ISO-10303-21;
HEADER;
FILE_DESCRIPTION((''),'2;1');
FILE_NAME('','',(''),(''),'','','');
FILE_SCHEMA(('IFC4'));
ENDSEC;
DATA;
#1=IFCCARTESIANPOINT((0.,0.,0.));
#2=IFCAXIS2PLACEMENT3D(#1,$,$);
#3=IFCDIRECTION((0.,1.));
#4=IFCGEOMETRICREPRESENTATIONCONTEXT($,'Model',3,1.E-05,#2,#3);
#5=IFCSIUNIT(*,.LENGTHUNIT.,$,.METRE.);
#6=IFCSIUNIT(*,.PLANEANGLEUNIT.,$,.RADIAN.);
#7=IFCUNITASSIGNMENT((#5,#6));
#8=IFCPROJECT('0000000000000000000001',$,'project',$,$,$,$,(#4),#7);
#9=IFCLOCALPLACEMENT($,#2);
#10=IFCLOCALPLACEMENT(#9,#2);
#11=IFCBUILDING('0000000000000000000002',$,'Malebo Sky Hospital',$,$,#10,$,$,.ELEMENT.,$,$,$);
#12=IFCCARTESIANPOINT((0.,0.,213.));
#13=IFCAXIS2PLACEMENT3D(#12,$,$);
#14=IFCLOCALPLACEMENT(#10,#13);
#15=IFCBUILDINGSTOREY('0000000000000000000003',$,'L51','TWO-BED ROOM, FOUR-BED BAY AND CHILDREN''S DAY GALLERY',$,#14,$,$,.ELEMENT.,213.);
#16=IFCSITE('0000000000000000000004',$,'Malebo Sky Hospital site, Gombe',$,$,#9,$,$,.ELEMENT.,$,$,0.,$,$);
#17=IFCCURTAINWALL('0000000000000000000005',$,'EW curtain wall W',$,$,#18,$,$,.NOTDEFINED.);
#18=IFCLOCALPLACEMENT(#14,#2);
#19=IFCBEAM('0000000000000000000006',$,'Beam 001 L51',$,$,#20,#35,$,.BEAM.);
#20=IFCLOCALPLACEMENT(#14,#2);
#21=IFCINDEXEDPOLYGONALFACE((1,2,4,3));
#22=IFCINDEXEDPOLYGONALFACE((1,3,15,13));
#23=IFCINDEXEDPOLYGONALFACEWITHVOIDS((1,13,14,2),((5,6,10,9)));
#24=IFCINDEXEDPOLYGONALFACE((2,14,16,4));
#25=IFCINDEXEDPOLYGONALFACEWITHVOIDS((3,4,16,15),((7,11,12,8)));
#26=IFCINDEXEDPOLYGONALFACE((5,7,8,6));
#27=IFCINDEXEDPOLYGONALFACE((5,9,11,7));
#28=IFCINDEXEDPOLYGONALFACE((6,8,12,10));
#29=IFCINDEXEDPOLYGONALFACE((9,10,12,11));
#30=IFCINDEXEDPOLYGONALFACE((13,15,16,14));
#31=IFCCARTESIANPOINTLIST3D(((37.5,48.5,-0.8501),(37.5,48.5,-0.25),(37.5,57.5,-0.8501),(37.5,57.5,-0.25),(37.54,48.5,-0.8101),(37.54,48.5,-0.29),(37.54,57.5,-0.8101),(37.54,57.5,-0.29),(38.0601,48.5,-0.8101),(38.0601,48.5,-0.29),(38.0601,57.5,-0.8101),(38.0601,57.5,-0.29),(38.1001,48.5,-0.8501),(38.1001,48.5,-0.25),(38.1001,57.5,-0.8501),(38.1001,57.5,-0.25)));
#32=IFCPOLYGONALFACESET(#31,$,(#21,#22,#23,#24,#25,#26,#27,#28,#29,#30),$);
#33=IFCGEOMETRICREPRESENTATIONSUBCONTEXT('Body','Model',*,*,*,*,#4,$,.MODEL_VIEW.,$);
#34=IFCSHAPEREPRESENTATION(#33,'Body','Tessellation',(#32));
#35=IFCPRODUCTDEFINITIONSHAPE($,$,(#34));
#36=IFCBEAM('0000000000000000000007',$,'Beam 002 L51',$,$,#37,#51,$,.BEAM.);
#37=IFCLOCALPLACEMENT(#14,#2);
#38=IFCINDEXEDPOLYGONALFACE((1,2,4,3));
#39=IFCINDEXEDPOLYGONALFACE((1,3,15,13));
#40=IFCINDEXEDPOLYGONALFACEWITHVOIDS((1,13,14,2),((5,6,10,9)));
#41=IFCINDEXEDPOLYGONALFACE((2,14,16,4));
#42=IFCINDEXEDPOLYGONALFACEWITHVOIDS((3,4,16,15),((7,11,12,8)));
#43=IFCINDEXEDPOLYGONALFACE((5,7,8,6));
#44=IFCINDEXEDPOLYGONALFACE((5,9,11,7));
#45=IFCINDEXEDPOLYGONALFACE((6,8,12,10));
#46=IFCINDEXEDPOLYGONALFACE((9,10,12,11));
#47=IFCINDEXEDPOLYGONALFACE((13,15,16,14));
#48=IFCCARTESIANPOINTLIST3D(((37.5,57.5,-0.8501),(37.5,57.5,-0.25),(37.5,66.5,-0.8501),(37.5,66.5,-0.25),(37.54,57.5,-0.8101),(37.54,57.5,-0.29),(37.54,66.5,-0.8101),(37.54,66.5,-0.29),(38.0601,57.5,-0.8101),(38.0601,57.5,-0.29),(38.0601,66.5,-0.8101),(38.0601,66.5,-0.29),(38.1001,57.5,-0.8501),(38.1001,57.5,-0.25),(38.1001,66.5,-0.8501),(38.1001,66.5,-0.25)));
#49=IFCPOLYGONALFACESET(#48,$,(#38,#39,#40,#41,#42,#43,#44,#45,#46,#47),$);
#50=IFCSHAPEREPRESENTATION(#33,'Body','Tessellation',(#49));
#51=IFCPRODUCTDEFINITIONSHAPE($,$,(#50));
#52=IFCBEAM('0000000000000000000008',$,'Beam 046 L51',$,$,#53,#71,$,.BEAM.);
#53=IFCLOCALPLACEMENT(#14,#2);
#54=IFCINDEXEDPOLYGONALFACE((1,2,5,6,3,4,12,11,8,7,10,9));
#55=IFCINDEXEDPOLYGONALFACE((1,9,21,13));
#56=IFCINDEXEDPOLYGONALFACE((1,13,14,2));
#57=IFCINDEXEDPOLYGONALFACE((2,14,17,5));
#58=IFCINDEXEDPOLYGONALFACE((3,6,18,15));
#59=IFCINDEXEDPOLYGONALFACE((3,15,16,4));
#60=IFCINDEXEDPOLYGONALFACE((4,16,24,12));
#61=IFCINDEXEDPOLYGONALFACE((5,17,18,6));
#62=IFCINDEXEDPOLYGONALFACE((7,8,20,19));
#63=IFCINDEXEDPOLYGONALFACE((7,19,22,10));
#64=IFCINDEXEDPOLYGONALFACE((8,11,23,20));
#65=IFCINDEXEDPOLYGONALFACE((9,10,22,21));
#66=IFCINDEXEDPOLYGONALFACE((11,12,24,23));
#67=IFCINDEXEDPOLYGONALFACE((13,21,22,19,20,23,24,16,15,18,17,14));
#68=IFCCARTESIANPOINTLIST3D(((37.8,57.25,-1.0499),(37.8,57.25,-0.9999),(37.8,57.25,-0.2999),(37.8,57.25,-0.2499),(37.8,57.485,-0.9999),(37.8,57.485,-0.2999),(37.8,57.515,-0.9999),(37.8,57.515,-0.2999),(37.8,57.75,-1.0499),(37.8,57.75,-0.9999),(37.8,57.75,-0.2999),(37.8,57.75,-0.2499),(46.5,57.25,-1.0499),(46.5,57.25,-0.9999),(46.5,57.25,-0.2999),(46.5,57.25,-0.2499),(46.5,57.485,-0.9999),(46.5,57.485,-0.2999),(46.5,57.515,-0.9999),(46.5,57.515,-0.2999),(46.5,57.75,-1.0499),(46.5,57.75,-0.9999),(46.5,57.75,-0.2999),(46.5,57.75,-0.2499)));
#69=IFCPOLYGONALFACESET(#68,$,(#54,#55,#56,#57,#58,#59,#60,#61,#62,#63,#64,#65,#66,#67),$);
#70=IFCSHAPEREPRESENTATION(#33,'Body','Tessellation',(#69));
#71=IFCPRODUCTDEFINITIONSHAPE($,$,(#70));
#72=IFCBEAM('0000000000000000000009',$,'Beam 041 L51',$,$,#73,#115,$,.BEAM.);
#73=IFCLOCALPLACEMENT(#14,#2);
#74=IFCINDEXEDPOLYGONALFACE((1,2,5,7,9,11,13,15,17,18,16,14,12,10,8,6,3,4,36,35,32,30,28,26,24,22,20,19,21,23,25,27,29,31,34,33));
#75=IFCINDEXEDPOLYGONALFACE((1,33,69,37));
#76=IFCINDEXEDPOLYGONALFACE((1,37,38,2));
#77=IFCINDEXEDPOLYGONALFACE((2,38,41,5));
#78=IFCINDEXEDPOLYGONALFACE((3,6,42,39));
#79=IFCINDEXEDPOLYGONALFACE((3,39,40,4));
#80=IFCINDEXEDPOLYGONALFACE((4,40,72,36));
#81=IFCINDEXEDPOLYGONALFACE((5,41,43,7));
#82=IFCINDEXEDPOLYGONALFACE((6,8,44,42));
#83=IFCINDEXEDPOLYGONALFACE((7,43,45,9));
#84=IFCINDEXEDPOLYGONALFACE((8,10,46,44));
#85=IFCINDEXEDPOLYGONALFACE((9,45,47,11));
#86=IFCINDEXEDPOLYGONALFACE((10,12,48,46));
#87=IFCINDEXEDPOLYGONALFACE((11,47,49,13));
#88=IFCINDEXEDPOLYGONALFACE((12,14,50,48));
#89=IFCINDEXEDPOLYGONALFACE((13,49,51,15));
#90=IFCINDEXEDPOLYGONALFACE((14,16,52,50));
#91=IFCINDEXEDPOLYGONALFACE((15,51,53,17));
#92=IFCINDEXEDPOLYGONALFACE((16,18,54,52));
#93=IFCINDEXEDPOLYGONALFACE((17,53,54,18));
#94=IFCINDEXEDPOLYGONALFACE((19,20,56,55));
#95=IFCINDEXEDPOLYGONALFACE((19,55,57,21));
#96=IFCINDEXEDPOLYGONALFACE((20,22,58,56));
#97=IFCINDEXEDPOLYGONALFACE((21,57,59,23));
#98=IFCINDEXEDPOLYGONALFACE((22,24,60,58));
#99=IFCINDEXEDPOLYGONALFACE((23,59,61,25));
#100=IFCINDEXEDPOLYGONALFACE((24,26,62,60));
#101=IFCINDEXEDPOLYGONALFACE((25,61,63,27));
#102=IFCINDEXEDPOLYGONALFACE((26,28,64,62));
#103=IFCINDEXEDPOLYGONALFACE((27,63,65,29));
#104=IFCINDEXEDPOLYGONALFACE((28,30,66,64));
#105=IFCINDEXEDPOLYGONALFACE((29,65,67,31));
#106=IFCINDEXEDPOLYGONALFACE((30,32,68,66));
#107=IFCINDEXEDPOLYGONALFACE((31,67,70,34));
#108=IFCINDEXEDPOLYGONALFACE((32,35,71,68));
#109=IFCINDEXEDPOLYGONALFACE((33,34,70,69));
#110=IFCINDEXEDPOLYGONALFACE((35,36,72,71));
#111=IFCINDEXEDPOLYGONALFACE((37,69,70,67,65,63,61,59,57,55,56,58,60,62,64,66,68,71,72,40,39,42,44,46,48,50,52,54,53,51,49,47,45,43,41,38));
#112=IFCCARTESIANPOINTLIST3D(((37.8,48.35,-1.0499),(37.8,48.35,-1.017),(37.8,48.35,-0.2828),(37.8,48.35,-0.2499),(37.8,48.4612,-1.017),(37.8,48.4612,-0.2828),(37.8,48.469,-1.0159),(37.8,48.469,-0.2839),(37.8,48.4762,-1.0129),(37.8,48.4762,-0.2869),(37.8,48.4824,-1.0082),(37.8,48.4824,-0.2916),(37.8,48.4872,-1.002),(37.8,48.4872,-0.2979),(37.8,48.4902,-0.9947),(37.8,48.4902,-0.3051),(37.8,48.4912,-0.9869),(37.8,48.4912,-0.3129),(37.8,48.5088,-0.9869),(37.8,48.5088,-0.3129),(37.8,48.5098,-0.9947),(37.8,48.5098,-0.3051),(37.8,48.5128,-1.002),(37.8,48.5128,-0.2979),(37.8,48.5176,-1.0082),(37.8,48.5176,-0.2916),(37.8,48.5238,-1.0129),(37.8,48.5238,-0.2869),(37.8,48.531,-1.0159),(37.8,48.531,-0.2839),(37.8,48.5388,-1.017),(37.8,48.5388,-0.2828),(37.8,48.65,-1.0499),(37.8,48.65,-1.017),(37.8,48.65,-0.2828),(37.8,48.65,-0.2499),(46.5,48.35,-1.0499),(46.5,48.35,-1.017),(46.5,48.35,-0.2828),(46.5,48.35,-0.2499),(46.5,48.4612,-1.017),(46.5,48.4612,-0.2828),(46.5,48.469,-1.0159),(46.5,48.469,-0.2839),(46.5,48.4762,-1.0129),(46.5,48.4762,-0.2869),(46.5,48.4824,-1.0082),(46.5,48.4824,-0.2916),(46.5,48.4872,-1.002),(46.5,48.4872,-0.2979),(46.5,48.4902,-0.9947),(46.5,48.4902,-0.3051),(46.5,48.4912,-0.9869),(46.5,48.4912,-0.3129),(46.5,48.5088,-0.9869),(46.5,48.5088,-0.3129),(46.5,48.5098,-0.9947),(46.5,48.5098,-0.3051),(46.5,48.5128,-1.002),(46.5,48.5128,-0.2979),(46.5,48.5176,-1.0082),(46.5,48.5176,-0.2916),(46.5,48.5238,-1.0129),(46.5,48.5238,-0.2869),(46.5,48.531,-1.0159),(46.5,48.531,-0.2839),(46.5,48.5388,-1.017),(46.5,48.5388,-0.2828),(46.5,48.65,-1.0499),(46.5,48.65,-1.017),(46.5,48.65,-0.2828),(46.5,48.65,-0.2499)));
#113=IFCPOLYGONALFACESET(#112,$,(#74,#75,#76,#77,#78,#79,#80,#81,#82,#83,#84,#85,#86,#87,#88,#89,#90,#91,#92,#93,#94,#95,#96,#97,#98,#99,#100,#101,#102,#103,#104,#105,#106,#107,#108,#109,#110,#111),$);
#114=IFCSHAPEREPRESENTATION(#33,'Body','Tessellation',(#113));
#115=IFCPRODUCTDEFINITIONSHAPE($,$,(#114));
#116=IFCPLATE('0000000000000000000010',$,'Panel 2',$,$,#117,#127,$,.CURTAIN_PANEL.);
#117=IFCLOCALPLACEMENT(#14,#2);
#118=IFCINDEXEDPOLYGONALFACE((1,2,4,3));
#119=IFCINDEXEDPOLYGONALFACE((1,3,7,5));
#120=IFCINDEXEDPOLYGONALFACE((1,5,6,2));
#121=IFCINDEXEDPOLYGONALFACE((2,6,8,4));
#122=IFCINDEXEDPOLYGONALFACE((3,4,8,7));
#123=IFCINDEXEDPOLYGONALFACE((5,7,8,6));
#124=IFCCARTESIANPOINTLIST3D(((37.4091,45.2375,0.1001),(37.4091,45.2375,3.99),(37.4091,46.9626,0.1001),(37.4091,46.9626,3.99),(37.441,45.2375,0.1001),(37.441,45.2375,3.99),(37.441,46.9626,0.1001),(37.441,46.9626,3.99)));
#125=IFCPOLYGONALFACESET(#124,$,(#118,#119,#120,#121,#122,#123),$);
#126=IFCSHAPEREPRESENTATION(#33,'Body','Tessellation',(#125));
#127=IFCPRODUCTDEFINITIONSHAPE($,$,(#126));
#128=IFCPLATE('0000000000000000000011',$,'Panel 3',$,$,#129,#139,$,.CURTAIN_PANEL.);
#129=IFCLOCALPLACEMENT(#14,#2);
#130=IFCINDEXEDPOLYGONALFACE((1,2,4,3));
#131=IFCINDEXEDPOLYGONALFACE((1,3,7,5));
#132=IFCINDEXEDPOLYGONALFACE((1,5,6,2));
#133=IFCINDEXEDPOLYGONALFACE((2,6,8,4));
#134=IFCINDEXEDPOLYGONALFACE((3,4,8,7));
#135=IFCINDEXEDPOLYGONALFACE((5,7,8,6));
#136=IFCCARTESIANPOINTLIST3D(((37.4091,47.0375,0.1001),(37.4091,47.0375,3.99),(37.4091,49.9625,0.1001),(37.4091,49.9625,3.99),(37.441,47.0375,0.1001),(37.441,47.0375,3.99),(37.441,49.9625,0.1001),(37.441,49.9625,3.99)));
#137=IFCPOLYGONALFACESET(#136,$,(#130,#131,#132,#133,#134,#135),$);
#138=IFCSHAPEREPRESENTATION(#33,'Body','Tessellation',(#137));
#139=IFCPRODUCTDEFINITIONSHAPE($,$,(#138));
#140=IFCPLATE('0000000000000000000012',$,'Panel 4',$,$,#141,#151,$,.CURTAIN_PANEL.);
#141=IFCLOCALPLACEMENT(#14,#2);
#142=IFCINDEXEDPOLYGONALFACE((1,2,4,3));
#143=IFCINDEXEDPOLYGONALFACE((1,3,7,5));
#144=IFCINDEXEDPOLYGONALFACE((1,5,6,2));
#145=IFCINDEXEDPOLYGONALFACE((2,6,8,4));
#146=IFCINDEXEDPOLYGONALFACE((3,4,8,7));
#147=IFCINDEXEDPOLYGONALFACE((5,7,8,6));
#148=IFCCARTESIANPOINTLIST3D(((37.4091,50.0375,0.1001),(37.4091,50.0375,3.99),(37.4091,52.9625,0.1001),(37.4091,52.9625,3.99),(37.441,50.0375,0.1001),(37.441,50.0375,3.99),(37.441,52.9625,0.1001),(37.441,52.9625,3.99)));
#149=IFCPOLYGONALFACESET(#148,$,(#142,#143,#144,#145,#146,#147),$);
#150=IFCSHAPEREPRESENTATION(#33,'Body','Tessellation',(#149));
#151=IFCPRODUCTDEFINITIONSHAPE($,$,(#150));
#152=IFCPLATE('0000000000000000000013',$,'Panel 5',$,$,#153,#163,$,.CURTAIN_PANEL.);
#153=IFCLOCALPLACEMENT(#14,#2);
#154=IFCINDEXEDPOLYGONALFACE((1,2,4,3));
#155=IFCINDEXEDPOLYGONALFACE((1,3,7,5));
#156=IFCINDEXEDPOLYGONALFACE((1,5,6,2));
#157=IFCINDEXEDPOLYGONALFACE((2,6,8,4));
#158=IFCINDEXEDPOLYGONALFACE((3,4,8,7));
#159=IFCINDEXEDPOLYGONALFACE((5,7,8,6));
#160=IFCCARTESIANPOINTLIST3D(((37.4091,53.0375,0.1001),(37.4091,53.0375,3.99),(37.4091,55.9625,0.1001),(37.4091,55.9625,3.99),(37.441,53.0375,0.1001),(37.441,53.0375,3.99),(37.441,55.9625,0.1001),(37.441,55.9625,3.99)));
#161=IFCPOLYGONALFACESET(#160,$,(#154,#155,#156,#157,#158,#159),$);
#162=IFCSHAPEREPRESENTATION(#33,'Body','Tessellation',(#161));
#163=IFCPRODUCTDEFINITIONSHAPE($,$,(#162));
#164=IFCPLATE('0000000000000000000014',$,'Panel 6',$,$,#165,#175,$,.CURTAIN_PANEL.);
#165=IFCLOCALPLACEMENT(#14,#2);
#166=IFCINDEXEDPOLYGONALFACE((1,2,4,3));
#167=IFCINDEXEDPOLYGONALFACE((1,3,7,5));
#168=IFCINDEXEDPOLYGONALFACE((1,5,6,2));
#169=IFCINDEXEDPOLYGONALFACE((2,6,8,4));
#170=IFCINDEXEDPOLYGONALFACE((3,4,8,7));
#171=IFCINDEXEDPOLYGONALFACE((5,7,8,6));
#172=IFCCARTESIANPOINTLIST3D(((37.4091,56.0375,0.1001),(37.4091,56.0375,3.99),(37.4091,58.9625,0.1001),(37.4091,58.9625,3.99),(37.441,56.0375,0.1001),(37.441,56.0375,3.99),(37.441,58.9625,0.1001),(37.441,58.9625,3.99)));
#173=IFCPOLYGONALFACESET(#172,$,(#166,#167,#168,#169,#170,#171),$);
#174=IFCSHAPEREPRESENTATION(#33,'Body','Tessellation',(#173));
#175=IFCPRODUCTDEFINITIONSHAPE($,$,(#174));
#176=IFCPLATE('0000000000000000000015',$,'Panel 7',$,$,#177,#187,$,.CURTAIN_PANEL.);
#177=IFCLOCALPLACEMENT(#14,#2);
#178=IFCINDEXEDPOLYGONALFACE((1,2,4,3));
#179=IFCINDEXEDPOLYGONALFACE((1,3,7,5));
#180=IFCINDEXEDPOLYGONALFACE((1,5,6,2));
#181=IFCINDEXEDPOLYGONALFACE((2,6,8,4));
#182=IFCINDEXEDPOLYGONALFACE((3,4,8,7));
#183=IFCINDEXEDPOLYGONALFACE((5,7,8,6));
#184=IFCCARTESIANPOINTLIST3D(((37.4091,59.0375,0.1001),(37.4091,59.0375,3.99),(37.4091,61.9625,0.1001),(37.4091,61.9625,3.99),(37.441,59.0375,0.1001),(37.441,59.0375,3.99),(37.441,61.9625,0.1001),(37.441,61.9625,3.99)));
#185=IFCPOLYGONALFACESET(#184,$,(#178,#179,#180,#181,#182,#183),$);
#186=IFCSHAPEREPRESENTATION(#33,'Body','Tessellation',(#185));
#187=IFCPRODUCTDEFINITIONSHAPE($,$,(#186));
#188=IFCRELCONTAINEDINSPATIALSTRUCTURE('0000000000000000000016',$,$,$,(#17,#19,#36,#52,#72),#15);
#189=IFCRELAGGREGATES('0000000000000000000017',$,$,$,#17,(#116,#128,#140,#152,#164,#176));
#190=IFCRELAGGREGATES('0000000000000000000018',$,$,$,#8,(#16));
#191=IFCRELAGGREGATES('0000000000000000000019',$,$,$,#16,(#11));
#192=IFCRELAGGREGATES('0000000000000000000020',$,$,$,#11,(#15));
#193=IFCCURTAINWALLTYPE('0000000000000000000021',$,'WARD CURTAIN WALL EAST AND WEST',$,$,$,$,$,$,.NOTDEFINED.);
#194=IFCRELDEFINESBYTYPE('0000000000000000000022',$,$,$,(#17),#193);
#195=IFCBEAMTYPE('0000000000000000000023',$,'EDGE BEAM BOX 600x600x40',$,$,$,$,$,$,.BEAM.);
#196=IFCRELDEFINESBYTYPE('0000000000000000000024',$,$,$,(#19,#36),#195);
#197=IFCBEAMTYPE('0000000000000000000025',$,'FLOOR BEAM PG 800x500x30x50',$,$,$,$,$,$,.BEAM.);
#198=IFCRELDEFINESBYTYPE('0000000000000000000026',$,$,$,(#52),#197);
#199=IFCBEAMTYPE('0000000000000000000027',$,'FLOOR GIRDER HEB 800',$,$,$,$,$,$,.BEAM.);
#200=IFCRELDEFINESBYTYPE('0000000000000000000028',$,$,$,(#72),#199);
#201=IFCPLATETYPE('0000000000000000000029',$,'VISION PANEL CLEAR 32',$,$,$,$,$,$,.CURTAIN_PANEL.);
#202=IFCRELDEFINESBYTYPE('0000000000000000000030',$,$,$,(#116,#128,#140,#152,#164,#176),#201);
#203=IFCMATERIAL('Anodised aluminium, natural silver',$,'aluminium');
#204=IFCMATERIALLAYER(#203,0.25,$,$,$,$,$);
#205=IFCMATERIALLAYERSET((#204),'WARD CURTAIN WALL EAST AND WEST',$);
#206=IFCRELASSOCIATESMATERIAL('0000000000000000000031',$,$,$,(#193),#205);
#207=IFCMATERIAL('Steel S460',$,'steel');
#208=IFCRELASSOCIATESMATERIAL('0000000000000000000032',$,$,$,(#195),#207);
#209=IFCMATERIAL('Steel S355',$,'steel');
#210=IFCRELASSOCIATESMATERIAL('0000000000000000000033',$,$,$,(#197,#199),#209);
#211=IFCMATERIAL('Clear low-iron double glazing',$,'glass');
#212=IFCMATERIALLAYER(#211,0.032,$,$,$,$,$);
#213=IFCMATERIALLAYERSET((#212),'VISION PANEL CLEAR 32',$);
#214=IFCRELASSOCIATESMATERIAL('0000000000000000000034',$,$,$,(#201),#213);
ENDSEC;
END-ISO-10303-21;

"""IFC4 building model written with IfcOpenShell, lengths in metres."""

from ifc_helpers import new_model, si_unit, direction, frame, origin, origin_2d, place, context, subcontext, project, spatial, rectangle, hollow_rectangle, i_section, extrude, material, layer, layer_set, material_profile, profile_set, type_object, element, aggregate, save


model = new_model("IFC4")

# Units and contexts
model_context = context("Model", 3, precision=1e-05, world=origin(), true_north=direction((0.0, 1.0)))
body_context = subcontext(model_context, "Body", "Model", "MODEL_VIEW")
ifc_project = project(units=[si_unit("LENGTHUNIT", "METRE"), si_unit("PLANEANGLEUNIT", "RADIAN")], contexts=[model_context])

# Site, building, storey
site_placement = place(None, origin())
site = spatial("IfcSite", under=ifc_project, at=site_placement, Name="Malebo Sky Hospital site, Gombe", CompositionType="ELEMENT", RefElevation=0.0)
building_placement = place(site_placement, origin())
building = spatial("IfcBuilding", under=site, at=building_placement, Name="Malebo Sky Hospital", CompositionType="ELEMENT")
storey_placement = place(building_placement, frame((0.0, 0.0, 213.0)))
storey = spatial("IfcBuildingStorey", under=building, at=storey_placement, Name="L51", Description="TWO-BED ROOM, FOUR-BED BAY AND CHILDREN'S DAY GALLERY", CompositionType="ELEMENT", Elevation=213.0)

# Shared definitions
ifc_material_1 = material(Name="Steel S460", Category="steel")

# Curtain wall
ifc_material_2 = material(Name="Anodised aluminium, natural silver", Category="aluminium")
ifc_layer_1 = layer(ifc_material_2, 0.25)
ifc_layer_set_1 = layer_set([ifc_layer_1], Name="WARD CURTAIN WALL EAST AND WEST")
curtain_wall_type = type_object("IfcCurtainWallType", Name="WARD CURTAIN WALL EAST AND WEST", PredefinedType="NOTDEFINED", material=ifc_layer_set_1)
curtain_wall_placement = place(storey_placement, origin())
curtain_wall = element("IfcCurtainWall", 1, at=curtain_wall_placement, inside=storey, type_object=curtain_wall_type, Name="EW curtain wall W", PredefinedType="NOTDEFINED")

# Beams
ifc_material_profile_1 = material_profile(ifc_material_1, hollow_rectangle(XDim=0.6001, YDim=0.6001, WallThickness=0.04, at=origin_2d()), Name="BOX 600x600x40")
ifc_profile_set_1 = profile_set([ifc_material_profile_1], Name="Steel S460")
beam_type_1 = type_object("IfcBeamType", Name="EDGE BEAM BOX 600x600x40", PredefinedType="BEAM", material=ifc_profile_set_1)
for number, where, z_axis, x_axis, name in (
    (2, (37.8, 48.5, -0.55), (0.0, 1.0, 0.0), (-1.0, 0.0, 0.0), "Beam 001 L51"),
    (3, (37.8, 57.5, -0.55), (0.0, 1.0, 0.0), (-1.0, 0.0, 0.0), "Beam 002 L51"),
):
    element("IfcBeam", number, at=place(storey_placement, frame(where, z_axis=z_axis, x_axis=x_axis)), inside=storey, type_object=beam_type_1, Name=name, PredefinedType="BEAM", context=body_context, shape_type="SweptSolid", body=[
        extrude(hollow_rectangle(XDim=0.6001, YDim=0.6001, WallThickness=0.04, at=origin_2d()), origin(), (0.0, 0.0, 1.0), 9.0),
    ])
ifc_material_3 = material(Name="Steel S355", Category="steel")
ifc_material_profile_2 = material_profile(ifc_material_3, i_section(OverallWidth=0.5, OverallDepth=0.8, WebThickness=0.03, FlangeThickness=0.05, at=origin_2d()), Name="PG 800x500x30x50")
ifc_profile_set_2 = profile_set([ifc_material_profile_2], Name="Steel S355")
beam_type_2 = type_object("IfcBeamType", Name="FLOOR BEAM PG 800x500x30x50", PredefinedType="BEAM", material=ifc_profile_set_2)
beam_1_placement = place(storey_placement, frame((37.8, 57.5, -0.6499), z_axis=(1.0, 0.0, 0.0), x_axis=(0.0, 1.0, 0.0)))
element("IfcBeam", 4, at=beam_1_placement, inside=storey, type_object=beam_type_2, Name="Beam 046 L51", PredefinedType="BEAM", context=body_context, shape_type="SweptSolid", body=[
    extrude(i_section(OverallWidth=0.5, OverallDepth=0.8, WebThickness=0.03, FlangeThickness=0.05, at=origin_2d()), origin(), (0.0, 0.0, 1.0), 8.7),
])
ifc_material_profile_3 = material_profile(ifc_material_3, i_section(OverallWidth=0.3, OverallDepth=0.8, WebThickness=0.0176, FlangeThickness=0.033, FilletRadius=0.03, at=origin_2d()), Name="HEB 800")
ifc_profile_set_3 = profile_set([ifc_material_profile_3], Name="Steel S355")
beam_type_3 = type_object("IfcBeamType", Name="FLOOR GIRDER HEB 800", PredefinedType="BEAM", material=ifc_profile_set_3)
beam_2_placement = place(storey_placement, frame((37.8, 48.5, -0.6499), z_axis=(1.0, 0.0, 0.0), x_axis=(0.0, 1.0, 0.0)))
element("IfcBeam", 5, at=beam_2_placement, inside=storey, type_object=beam_type_3, Name="Beam 041 L51", PredefinedType="BEAM", context=body_context, shape_type="SweptSolid", body=[
    extrude(i_section(OverallWidth=0.3, OverallDepth=0.8, WebThickness=0.0176, FlangeThickness=0.033, FilletRadius=0.03, at=origin_2d()), origin(), (0.0, 0.0, 1.0), 8.7),
])

# Plates
ifc_material_4 = material(Name="Clear low-iron double glazing", Category="glass")
ifc_layer_2 = layer(ifc_material_4, 0.032)
ifc_layer_set_2 = layer_set([ifc_layer_2], Name="VISION PANEL CLEAR 32")
plate_type = type_object("IfcPlateType", Name="VISION PANEL CLEAR 32", PredefinedType="CURTAIN_PANEL", material=ifc_layer_set_2)
plate_1_placement = place(storey_placement, frame((37.425, 46.1001, 0.1001), z_axis=(0.0, 0.0, 1.0), x_axis=(0.0, 1.0, 0.0)))
plate_1 = element("IfcPlate", 6, at=plate_1_placement, type_object=plate_type, Name="Panel 2", PredefinedType="CURTAIN_PANEL", context=body_context, shape_type="SweptSolid", body=[
    extrude(rectangle(XDim=1.7251, YDim=0.032, at=origin_2d()), origin(), (0.0, 0.0, 1.0), 3.8899),
])
plate_2_placement = place(storey_placement, frame((37.425, 48.5, 0.1001), z_axis=(0.0, 0.0, 1.0), x_axis=(0.0, 1.0, 0.0)))
plate_2 = element("IfcPlate", 7, at=plate_2_placement, type_object=plate_type, Name="Panel 3", PredefinedType="CURTAIN_PANEL", context=body_context, shape_type="SweptSolid", body=[
    extrude(rectangle(XDim=2.925, YDim=0.032, at=origin_2d()), origin(), (0.0, 0.0, 1.0), 3.8899),
])
plate_3_placement = place(storey_placement, frame((37.425, 51.5, 0.1001), z_axis=(0.0, 0.0, 1.0), x_axis=(0.0, 1.0, 0.0)))
plate_3 = element("IfcPlate", 8, at=plate_3_placement, type_object=plate_type, Name="Panel 4", PredefinedType="CURTAIN_PANEL", context=body_context, shape_type="SweptSolid", body=[
    extrude(rectangle(XDim=2.925, YDim=0.032, at=origin_2d()), origin(), (0.0, 0.0, 1.0), 3.8899),
])
plate_4_placement = place(storey_placement, frame((37.425, 54.5, 0.1001), z_axis=(0.0, 0.0, 1.0), x_axis=(0.0, 1.0, 0.0)))
plate_4 = element("IfcPlate", 9, at=plate_4_placement, type_object=plate_type, Name="Panel 5", PredefinedType="CURTAIN_PANEL", context=body_context, shape_type="SweptSolid", body=[
    extrude(rectangle(XDim=2.925, YDim=0.032, at=origin_2d()), origin(), (0.0, 0.0, 1.0), 3.8899),
])
plate_5_placement = place(storey_placement, frame((37.425, 57.5, 0.1001), z_axis=(0.0, 0.0, 1.0), x_axis=(0.0, 1.0, 0.0)))
plate_5 = element("IfcPlate", 10, at=plate_5_placement, type_object=plate_type, Name="Panel 6", PredefinedType="CURTAIN_PANEL", context=body_context, shape_type="SweptSolid", body=[
    extrude(rectangle(XDim=2.925, YDim=0.032, at=origin_2d()), origin(), (0.0, 0.0, 1.0), 3.8899),
])
plate_6_placement = place(storey_placement, frame((37.425, 60.5, 0.1001), z_axis=(0.0, 0.0, 1.0), x_axis=(0.0, 1.0, 0.0)))
plate_6 = element("IfcPlate", 11, at=plate_6_placement, type_object=plate_type, Name="Panel 7", PredefinedType="CURTAIN_PANEL", context=body_context, shape_type="SweptSolid", body=[
    extrude(rectangle(XDim=2.925, YDim=0.032, at=origin_2d()), origin(), (0.0, 0.0, 1.0), 3.8899),
])
aggregate(curtain_wall, [plate_1, plate_2, plate_3, plate_4, plate_5, plate_6])

save(model, "model.ifc")
